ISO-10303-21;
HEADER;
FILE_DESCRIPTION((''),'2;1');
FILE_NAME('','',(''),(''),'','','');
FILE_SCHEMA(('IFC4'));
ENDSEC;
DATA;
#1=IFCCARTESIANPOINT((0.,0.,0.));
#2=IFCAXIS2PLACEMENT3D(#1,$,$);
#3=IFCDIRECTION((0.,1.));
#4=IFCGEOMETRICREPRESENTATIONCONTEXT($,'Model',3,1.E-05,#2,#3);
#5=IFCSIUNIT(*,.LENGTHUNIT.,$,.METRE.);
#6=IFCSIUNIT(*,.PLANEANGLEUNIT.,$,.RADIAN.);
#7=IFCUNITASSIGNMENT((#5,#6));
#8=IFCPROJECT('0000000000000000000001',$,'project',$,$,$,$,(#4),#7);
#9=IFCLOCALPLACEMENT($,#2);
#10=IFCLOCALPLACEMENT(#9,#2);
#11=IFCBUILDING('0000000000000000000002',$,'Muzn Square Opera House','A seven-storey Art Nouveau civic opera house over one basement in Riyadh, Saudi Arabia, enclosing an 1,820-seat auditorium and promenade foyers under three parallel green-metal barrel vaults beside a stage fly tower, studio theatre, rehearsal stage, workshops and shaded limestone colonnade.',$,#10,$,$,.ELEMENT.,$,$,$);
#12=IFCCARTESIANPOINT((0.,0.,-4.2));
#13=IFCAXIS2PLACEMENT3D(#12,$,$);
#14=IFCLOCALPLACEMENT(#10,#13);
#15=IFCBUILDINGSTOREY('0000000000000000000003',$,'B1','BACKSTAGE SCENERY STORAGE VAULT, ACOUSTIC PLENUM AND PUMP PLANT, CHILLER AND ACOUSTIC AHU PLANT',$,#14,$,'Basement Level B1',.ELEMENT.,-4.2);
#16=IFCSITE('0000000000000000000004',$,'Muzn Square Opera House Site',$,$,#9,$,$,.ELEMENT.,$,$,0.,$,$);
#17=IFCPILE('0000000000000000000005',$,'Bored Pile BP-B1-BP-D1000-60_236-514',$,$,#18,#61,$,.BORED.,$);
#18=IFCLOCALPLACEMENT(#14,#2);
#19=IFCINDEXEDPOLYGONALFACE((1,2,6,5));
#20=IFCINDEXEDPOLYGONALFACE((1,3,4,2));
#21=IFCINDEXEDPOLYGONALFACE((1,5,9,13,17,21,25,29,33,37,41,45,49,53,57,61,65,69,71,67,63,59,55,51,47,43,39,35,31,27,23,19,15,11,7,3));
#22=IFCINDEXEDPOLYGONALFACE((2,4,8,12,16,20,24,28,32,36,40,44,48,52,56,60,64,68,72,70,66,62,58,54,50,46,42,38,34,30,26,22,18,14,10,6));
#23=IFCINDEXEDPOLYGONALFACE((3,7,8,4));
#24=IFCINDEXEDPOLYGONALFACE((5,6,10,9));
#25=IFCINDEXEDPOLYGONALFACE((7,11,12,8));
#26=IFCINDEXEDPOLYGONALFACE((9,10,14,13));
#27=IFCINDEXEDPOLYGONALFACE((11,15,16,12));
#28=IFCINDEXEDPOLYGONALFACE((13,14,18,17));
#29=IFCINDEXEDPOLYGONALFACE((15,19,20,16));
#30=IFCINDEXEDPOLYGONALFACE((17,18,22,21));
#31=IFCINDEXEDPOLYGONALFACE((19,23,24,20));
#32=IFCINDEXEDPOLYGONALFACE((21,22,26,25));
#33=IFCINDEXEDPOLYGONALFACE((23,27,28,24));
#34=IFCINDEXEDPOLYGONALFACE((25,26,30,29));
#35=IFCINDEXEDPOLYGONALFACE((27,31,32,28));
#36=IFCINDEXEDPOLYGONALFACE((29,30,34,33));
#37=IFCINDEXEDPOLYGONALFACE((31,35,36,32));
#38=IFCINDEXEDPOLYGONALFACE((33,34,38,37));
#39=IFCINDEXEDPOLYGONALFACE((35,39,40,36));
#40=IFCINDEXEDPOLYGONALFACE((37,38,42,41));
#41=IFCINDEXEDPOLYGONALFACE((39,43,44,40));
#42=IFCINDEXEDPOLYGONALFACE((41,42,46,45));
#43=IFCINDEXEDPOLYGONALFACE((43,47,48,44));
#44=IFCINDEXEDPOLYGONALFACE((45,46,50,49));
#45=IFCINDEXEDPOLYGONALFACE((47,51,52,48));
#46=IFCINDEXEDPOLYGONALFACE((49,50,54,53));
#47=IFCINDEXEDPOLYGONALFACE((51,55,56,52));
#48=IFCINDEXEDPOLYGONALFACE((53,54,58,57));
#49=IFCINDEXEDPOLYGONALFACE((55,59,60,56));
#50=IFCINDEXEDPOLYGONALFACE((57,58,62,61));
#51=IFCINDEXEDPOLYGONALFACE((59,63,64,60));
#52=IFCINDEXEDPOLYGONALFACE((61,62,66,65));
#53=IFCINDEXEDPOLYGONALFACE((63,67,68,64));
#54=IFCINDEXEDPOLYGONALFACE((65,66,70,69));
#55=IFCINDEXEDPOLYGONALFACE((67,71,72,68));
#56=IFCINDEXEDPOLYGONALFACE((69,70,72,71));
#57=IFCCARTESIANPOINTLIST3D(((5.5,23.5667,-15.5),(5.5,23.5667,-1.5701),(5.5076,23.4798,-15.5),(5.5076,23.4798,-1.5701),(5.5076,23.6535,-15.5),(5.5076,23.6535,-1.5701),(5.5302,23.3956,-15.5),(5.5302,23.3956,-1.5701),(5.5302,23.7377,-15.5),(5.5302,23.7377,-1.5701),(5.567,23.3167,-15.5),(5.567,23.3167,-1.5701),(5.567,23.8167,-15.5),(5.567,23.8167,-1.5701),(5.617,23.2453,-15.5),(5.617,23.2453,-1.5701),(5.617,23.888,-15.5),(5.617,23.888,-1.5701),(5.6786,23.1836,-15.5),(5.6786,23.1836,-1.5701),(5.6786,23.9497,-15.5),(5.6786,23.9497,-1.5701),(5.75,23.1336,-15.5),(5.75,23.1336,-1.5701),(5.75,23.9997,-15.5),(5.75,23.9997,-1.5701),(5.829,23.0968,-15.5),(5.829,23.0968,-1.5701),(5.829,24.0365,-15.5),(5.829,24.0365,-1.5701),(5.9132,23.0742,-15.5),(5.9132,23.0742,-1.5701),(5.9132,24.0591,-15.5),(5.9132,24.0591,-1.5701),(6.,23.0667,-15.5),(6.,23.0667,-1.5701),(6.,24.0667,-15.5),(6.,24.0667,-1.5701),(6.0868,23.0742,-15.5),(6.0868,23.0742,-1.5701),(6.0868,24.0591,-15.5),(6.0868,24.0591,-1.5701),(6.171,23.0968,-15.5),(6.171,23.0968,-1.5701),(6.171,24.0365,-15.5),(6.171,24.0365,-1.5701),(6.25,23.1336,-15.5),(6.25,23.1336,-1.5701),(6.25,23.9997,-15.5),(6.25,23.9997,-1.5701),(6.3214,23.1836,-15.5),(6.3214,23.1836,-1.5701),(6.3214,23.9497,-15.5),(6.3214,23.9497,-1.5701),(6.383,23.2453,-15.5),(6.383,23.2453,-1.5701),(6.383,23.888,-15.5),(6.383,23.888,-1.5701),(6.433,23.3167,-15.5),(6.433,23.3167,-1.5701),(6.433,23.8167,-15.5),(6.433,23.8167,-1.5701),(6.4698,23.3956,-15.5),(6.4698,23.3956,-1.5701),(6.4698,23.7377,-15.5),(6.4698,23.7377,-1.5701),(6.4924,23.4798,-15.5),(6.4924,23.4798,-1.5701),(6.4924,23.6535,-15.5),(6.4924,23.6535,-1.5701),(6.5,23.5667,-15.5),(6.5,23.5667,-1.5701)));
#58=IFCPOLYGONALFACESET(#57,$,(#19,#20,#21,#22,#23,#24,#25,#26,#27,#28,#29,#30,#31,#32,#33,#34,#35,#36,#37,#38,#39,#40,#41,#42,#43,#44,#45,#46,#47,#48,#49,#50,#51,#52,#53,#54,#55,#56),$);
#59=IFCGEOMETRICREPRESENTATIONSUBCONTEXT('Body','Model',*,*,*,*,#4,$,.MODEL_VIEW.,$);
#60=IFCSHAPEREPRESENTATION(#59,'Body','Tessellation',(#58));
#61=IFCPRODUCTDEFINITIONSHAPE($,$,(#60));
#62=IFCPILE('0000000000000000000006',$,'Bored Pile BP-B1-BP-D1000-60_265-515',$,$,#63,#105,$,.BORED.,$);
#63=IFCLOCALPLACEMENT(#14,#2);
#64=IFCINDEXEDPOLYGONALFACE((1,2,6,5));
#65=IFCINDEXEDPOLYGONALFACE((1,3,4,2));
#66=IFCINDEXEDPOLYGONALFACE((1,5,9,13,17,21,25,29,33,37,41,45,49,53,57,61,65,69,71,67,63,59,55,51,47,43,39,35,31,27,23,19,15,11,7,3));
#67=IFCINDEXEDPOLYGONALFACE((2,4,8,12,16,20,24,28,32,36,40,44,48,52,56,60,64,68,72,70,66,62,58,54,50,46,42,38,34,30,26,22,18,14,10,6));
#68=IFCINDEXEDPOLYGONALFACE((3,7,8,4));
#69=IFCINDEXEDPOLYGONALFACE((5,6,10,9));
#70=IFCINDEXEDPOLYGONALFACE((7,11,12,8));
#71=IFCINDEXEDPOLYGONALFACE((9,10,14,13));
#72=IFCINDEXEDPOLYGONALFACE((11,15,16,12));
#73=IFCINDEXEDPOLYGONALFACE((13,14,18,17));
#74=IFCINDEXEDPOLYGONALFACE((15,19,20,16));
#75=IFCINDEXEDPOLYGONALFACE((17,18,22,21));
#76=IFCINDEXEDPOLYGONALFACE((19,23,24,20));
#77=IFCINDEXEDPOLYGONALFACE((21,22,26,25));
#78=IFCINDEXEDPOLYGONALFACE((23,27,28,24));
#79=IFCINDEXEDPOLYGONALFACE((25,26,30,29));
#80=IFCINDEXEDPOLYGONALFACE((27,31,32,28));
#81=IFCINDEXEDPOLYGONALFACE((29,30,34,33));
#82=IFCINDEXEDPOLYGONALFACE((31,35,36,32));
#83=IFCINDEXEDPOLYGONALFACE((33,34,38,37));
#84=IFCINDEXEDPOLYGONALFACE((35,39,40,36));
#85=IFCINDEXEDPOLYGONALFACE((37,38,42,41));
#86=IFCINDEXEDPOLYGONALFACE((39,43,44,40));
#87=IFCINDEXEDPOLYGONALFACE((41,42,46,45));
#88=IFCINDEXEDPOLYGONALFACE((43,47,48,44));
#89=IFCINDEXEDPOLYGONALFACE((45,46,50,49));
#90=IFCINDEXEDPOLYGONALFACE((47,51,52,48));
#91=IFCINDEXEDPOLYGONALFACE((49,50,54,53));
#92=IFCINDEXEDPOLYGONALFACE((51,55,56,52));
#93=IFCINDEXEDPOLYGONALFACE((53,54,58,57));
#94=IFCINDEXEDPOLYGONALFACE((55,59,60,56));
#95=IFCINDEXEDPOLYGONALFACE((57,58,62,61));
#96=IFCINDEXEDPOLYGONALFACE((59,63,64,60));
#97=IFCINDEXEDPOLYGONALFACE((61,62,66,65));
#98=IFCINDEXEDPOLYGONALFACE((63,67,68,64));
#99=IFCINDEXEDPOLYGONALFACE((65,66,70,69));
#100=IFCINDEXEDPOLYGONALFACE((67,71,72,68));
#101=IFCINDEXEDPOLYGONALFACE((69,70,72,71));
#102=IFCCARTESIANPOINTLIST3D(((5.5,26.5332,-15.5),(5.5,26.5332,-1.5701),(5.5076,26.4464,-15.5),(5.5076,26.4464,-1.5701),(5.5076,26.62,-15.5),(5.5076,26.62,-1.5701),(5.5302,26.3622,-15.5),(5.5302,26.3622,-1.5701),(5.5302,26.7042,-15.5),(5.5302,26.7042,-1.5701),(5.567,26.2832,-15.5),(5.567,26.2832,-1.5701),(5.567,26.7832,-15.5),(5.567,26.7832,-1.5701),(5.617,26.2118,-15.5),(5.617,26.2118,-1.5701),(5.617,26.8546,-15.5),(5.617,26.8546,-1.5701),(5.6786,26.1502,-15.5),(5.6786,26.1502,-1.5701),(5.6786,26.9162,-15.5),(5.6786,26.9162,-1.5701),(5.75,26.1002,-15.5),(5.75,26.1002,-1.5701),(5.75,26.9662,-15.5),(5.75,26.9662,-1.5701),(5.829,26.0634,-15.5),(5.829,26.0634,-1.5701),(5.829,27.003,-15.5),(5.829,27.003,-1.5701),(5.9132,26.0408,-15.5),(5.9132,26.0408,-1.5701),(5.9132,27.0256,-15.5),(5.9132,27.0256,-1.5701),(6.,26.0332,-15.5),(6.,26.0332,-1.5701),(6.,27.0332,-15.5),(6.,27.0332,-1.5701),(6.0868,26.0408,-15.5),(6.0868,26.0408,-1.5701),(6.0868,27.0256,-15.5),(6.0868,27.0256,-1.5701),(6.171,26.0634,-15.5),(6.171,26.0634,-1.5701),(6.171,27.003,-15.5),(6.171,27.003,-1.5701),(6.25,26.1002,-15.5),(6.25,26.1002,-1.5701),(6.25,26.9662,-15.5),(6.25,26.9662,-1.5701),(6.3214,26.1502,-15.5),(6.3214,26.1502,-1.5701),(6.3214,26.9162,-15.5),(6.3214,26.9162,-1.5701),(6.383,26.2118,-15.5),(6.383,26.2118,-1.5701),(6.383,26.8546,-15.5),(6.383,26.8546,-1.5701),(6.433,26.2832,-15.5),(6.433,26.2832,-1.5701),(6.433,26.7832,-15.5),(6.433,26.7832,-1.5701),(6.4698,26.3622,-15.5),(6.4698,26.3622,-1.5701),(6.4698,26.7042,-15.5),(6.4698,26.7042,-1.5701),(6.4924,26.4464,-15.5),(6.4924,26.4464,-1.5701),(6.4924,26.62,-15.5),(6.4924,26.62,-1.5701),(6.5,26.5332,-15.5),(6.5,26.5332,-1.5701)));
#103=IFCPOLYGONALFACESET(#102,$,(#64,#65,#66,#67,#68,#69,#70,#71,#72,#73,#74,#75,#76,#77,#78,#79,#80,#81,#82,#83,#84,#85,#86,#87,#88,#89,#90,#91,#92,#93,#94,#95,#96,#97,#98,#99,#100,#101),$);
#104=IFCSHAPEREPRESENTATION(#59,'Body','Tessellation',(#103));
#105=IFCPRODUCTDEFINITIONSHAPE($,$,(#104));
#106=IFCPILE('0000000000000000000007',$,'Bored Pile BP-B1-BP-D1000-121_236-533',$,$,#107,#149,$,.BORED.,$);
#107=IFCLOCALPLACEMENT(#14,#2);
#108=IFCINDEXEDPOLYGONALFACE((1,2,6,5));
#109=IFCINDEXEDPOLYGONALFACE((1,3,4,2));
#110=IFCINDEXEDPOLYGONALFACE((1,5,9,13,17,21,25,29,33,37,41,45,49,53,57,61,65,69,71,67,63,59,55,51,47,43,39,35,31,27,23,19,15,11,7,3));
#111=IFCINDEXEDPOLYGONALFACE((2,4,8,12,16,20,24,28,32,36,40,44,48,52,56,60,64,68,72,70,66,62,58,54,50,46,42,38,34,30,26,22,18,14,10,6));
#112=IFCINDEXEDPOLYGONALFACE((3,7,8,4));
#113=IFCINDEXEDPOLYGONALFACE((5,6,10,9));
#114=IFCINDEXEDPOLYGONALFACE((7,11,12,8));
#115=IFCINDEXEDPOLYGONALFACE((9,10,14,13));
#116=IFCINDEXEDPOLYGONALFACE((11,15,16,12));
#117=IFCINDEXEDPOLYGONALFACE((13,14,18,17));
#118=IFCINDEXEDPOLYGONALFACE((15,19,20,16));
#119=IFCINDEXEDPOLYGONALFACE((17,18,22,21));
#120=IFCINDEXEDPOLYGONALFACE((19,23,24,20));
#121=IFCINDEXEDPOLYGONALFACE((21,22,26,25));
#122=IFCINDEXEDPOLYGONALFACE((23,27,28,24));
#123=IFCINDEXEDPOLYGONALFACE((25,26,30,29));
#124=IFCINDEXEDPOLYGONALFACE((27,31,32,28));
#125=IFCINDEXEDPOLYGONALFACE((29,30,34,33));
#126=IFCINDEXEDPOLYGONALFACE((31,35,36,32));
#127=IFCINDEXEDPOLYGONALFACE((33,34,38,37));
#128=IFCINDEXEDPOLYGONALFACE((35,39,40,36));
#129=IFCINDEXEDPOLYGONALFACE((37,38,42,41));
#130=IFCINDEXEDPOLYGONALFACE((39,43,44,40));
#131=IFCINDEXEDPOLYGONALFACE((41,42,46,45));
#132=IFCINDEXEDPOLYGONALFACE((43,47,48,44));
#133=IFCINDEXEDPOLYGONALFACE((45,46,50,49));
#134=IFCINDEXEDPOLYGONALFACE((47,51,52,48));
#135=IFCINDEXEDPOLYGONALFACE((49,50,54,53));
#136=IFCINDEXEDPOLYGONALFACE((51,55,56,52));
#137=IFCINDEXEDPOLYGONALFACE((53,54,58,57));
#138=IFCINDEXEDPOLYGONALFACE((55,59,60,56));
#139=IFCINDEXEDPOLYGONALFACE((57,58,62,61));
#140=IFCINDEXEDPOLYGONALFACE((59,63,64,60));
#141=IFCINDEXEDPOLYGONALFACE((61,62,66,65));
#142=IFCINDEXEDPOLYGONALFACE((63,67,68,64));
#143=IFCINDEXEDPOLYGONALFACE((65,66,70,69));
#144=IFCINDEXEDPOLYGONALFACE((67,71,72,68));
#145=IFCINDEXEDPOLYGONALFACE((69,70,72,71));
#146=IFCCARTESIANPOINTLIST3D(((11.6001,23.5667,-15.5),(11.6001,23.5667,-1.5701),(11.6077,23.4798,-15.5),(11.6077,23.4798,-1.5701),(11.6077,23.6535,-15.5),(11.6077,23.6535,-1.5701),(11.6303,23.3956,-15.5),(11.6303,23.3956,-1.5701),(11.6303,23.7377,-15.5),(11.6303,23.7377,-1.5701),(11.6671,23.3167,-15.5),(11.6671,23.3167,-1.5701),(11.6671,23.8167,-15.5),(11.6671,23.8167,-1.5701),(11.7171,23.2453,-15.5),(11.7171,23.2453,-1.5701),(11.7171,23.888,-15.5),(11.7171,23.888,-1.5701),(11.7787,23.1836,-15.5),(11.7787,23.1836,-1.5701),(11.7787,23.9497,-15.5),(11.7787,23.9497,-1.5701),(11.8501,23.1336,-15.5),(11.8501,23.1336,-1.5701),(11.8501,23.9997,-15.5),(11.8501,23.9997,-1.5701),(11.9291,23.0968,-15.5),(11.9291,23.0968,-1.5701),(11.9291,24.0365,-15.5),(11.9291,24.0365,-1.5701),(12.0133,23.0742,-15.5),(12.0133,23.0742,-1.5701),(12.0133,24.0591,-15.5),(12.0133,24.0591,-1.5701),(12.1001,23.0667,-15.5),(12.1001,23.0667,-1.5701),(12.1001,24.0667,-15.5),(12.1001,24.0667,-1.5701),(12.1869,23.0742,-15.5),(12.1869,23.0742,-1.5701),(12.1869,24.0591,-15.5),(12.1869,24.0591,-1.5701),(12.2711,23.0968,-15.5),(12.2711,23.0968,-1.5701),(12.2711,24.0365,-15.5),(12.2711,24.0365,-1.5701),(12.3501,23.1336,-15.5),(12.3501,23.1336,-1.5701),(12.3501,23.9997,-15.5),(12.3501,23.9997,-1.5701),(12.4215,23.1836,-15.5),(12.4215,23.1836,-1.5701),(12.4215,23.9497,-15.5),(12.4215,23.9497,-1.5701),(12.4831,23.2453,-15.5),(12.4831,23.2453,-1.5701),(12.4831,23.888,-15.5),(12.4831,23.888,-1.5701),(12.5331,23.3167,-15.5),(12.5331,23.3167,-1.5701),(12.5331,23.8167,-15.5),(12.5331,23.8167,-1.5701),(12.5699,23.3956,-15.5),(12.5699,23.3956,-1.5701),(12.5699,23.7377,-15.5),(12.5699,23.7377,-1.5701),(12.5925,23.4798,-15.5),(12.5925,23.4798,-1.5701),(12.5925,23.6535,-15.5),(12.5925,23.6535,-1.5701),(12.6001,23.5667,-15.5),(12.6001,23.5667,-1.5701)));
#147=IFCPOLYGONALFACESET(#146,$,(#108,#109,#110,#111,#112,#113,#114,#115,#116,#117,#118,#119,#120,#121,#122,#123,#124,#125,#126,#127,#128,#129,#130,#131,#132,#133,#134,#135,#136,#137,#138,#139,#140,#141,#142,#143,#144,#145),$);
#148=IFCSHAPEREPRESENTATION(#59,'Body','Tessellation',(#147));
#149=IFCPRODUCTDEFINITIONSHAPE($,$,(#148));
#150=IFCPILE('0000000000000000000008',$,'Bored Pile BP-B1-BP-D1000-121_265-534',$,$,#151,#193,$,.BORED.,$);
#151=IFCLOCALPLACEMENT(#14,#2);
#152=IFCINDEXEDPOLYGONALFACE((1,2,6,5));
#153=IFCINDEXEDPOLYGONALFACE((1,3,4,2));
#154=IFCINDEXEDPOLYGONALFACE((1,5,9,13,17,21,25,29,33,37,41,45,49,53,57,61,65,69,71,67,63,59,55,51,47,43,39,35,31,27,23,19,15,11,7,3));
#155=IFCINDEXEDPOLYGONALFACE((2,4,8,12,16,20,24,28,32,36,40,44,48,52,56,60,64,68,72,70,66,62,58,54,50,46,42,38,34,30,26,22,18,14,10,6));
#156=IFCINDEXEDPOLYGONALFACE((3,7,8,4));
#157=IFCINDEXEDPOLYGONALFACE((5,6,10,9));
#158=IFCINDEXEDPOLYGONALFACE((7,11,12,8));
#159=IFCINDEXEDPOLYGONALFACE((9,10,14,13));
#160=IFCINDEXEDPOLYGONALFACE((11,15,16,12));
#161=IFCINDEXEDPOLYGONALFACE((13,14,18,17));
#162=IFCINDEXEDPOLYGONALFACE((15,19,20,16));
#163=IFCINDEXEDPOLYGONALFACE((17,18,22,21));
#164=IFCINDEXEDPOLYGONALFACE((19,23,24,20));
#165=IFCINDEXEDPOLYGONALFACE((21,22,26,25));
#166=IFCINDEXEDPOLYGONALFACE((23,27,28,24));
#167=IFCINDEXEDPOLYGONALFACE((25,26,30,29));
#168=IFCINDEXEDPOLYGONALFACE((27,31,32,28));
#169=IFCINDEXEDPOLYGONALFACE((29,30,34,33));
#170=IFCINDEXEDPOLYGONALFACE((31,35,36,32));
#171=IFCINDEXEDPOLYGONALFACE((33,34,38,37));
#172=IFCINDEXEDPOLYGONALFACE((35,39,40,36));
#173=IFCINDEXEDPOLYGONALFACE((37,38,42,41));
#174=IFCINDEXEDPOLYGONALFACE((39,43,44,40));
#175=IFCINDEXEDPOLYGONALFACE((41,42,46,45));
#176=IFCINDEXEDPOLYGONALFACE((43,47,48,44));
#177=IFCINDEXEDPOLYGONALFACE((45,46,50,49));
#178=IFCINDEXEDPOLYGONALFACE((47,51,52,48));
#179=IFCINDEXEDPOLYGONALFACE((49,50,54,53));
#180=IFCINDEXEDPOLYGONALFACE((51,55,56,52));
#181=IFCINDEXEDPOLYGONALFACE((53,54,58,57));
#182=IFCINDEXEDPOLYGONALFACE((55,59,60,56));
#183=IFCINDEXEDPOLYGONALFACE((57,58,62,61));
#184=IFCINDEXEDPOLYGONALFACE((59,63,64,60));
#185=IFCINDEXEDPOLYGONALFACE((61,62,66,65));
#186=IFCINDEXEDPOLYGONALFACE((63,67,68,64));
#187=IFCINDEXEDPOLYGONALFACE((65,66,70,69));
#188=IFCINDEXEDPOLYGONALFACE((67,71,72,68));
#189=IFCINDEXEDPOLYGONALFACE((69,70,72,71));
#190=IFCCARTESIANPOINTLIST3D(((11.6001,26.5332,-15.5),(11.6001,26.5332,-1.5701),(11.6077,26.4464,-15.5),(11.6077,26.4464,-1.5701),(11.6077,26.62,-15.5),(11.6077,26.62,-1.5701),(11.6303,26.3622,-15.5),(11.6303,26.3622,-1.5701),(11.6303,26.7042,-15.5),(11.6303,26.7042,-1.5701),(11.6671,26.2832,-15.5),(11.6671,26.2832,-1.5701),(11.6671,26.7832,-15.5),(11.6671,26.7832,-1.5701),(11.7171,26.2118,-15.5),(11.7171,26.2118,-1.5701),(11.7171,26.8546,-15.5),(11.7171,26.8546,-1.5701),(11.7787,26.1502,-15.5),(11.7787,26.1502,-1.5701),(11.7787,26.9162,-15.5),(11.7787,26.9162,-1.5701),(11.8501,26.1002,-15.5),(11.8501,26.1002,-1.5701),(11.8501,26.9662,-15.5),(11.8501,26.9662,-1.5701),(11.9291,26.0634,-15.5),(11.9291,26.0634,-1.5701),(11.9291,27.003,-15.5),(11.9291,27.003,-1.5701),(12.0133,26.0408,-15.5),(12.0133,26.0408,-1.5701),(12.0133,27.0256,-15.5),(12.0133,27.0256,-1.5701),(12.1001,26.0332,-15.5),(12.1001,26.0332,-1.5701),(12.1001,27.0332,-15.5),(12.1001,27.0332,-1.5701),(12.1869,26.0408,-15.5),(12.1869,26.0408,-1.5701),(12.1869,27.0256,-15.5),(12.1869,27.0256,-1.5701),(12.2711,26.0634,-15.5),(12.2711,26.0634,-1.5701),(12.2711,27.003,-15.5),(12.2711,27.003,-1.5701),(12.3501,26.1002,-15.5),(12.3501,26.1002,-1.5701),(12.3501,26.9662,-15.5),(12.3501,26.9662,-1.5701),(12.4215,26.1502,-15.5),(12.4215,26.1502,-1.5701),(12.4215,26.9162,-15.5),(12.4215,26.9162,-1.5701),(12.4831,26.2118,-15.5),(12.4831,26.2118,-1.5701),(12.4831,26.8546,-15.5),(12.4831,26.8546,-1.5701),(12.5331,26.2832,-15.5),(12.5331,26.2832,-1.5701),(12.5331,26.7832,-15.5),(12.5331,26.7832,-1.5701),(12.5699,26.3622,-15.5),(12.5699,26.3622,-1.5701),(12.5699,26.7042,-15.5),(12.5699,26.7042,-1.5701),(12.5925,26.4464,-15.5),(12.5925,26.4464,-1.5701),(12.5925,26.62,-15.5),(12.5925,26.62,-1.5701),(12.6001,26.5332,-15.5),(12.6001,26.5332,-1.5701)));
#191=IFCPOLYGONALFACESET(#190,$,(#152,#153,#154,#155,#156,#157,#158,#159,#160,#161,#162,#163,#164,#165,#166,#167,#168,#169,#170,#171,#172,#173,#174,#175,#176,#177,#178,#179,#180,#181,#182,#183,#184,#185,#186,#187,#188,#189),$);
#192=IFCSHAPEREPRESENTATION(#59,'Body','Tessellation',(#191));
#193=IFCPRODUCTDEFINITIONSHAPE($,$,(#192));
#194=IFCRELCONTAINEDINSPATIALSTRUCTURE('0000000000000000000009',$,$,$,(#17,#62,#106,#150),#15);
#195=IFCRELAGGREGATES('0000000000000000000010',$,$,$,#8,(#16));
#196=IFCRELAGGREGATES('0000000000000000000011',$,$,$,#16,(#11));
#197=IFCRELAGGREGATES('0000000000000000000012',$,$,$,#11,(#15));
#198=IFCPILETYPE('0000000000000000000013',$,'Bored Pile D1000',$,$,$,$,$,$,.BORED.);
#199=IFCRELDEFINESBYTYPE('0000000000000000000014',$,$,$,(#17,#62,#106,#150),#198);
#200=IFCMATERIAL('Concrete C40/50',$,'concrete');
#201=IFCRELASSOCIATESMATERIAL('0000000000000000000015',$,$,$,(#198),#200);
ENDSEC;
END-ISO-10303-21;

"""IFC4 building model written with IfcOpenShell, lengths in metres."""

from ifc_helpers import new_model, si_unit, direction, frame, origin, origin_2d, place, context, subcontext, project, spatial, circle, extrude, material, material_profile, profile_set, type_object, element, save


model = new_model("IFC4")

# Units and contexts
model_context = context("Model", 3, precision=1e-05, world=origin(), true_north=direction((0.0, 1.0)))
body_context = subcontext(model_context, "Body", "Model", "MODEL_VIEW")
ifc_project = project(units=[si_unit("LENGTHUNIT", "METRE"), si_unit("PLANEANGLEUNIT", "RADIAN")], contexts=[model_context])

# Site, building, storey
site_placement = place(None, origin())
site = spatial("IfcSite", under=ifc_project, at=site_placement, Name="Muzn Square Opera House Site", CompositionType="ELEMENT", RefElevation=0.0)
building_placement = place(site_placement, origin())
building = spatial("IfcBuilding", under=site, at=building_placement, Name="Muzn Square Opera House", Description="A seven-storey Art Nouveau civic opera house over one basement in Riyadh, Saudi Arabia, enclosing an 1,820-seat auditorium and promenade foyers under three parallel green-metal barrel vaults beside a stage fly tower, studio theatre, rehearsal stage, workshops and shaded limestone colonnade.", CompositionType="ELEMENT")
storey_placement = place(building_placement, frame((0.0, 0.0, -4.2)))
storey = spatial("IfcBuildingStorey", under=building, at=storey_placement, Name="B1", Description="BACKSTAGE SCENERY STORAGE VAULT, ACOUSTIC PLENUM AND PUMP PLANT, CHILLER AND ACOUSTIC AHU PLANT", LongName="Basement Level B1", CompositionType="ELEMENT", Elevation=-4.2)

# Piles
ifc_material_1 = material(Name="Concrete C40/50", Category="concrete")
ifc_material_profile_1 = material_profile(ifc_material_1, circle(Radius=0.5, at=origin_2d()), Name="BORED PILE D1000", Category="concrete")
ifc_profile_set_1 = profile_set([ifc_material_profile_1], Name="Concrete C40/50")
pile_type = type_object("IfcPileType", Name="Bored Pile D1000", PredefinedType="BORED", material=ifc_profile_set_1)
for number, where, z_axis, x_axis, name in (
    (1, (6.0, 23.5667, -1.5701), (0.0, 0.0, -1.0), (1.0, 0.0, 0.0), "Bored Pile BP-B1-BP-D1000-60_236-514"),
    (2, (6.0, 26.5332, -1.5701), (0.0, 0.0, -1.0), (1.0, 0.0, 0.0), "Bored Pile BP-B1-BP-D1000-60_265-515"),
    (3, (12.1001, 23.5667, -1.5701), (0.0, 0.0, -1.0), (1.0, 0.0, 0.0), "Bored Pile BP-B1-BP-D1000-121_236-533"),
    (4, (12.1001, 26.5332, -1.5701), (0.0, 0.0, -1.0), (1.0, 0.0, 0.0), "Bored Pile BP-B1-BP-D1000-121_265-534"),
):
    element("IfcPile", number, at=place(storey_placement, frame(where, z_axis=z_axis, x_axis=x_axis)), inside=storey, type_object=pile_type, Name=name, PredefinedType="BORED", context=body_context, shape_type="SweptSolid", body=[
        extrude(circle(Radius=0.5, at=origin_2d()), origin(), (0.0, 0.0, 1.0), 13.9299),
    ])

save(model, "model.ifc")
